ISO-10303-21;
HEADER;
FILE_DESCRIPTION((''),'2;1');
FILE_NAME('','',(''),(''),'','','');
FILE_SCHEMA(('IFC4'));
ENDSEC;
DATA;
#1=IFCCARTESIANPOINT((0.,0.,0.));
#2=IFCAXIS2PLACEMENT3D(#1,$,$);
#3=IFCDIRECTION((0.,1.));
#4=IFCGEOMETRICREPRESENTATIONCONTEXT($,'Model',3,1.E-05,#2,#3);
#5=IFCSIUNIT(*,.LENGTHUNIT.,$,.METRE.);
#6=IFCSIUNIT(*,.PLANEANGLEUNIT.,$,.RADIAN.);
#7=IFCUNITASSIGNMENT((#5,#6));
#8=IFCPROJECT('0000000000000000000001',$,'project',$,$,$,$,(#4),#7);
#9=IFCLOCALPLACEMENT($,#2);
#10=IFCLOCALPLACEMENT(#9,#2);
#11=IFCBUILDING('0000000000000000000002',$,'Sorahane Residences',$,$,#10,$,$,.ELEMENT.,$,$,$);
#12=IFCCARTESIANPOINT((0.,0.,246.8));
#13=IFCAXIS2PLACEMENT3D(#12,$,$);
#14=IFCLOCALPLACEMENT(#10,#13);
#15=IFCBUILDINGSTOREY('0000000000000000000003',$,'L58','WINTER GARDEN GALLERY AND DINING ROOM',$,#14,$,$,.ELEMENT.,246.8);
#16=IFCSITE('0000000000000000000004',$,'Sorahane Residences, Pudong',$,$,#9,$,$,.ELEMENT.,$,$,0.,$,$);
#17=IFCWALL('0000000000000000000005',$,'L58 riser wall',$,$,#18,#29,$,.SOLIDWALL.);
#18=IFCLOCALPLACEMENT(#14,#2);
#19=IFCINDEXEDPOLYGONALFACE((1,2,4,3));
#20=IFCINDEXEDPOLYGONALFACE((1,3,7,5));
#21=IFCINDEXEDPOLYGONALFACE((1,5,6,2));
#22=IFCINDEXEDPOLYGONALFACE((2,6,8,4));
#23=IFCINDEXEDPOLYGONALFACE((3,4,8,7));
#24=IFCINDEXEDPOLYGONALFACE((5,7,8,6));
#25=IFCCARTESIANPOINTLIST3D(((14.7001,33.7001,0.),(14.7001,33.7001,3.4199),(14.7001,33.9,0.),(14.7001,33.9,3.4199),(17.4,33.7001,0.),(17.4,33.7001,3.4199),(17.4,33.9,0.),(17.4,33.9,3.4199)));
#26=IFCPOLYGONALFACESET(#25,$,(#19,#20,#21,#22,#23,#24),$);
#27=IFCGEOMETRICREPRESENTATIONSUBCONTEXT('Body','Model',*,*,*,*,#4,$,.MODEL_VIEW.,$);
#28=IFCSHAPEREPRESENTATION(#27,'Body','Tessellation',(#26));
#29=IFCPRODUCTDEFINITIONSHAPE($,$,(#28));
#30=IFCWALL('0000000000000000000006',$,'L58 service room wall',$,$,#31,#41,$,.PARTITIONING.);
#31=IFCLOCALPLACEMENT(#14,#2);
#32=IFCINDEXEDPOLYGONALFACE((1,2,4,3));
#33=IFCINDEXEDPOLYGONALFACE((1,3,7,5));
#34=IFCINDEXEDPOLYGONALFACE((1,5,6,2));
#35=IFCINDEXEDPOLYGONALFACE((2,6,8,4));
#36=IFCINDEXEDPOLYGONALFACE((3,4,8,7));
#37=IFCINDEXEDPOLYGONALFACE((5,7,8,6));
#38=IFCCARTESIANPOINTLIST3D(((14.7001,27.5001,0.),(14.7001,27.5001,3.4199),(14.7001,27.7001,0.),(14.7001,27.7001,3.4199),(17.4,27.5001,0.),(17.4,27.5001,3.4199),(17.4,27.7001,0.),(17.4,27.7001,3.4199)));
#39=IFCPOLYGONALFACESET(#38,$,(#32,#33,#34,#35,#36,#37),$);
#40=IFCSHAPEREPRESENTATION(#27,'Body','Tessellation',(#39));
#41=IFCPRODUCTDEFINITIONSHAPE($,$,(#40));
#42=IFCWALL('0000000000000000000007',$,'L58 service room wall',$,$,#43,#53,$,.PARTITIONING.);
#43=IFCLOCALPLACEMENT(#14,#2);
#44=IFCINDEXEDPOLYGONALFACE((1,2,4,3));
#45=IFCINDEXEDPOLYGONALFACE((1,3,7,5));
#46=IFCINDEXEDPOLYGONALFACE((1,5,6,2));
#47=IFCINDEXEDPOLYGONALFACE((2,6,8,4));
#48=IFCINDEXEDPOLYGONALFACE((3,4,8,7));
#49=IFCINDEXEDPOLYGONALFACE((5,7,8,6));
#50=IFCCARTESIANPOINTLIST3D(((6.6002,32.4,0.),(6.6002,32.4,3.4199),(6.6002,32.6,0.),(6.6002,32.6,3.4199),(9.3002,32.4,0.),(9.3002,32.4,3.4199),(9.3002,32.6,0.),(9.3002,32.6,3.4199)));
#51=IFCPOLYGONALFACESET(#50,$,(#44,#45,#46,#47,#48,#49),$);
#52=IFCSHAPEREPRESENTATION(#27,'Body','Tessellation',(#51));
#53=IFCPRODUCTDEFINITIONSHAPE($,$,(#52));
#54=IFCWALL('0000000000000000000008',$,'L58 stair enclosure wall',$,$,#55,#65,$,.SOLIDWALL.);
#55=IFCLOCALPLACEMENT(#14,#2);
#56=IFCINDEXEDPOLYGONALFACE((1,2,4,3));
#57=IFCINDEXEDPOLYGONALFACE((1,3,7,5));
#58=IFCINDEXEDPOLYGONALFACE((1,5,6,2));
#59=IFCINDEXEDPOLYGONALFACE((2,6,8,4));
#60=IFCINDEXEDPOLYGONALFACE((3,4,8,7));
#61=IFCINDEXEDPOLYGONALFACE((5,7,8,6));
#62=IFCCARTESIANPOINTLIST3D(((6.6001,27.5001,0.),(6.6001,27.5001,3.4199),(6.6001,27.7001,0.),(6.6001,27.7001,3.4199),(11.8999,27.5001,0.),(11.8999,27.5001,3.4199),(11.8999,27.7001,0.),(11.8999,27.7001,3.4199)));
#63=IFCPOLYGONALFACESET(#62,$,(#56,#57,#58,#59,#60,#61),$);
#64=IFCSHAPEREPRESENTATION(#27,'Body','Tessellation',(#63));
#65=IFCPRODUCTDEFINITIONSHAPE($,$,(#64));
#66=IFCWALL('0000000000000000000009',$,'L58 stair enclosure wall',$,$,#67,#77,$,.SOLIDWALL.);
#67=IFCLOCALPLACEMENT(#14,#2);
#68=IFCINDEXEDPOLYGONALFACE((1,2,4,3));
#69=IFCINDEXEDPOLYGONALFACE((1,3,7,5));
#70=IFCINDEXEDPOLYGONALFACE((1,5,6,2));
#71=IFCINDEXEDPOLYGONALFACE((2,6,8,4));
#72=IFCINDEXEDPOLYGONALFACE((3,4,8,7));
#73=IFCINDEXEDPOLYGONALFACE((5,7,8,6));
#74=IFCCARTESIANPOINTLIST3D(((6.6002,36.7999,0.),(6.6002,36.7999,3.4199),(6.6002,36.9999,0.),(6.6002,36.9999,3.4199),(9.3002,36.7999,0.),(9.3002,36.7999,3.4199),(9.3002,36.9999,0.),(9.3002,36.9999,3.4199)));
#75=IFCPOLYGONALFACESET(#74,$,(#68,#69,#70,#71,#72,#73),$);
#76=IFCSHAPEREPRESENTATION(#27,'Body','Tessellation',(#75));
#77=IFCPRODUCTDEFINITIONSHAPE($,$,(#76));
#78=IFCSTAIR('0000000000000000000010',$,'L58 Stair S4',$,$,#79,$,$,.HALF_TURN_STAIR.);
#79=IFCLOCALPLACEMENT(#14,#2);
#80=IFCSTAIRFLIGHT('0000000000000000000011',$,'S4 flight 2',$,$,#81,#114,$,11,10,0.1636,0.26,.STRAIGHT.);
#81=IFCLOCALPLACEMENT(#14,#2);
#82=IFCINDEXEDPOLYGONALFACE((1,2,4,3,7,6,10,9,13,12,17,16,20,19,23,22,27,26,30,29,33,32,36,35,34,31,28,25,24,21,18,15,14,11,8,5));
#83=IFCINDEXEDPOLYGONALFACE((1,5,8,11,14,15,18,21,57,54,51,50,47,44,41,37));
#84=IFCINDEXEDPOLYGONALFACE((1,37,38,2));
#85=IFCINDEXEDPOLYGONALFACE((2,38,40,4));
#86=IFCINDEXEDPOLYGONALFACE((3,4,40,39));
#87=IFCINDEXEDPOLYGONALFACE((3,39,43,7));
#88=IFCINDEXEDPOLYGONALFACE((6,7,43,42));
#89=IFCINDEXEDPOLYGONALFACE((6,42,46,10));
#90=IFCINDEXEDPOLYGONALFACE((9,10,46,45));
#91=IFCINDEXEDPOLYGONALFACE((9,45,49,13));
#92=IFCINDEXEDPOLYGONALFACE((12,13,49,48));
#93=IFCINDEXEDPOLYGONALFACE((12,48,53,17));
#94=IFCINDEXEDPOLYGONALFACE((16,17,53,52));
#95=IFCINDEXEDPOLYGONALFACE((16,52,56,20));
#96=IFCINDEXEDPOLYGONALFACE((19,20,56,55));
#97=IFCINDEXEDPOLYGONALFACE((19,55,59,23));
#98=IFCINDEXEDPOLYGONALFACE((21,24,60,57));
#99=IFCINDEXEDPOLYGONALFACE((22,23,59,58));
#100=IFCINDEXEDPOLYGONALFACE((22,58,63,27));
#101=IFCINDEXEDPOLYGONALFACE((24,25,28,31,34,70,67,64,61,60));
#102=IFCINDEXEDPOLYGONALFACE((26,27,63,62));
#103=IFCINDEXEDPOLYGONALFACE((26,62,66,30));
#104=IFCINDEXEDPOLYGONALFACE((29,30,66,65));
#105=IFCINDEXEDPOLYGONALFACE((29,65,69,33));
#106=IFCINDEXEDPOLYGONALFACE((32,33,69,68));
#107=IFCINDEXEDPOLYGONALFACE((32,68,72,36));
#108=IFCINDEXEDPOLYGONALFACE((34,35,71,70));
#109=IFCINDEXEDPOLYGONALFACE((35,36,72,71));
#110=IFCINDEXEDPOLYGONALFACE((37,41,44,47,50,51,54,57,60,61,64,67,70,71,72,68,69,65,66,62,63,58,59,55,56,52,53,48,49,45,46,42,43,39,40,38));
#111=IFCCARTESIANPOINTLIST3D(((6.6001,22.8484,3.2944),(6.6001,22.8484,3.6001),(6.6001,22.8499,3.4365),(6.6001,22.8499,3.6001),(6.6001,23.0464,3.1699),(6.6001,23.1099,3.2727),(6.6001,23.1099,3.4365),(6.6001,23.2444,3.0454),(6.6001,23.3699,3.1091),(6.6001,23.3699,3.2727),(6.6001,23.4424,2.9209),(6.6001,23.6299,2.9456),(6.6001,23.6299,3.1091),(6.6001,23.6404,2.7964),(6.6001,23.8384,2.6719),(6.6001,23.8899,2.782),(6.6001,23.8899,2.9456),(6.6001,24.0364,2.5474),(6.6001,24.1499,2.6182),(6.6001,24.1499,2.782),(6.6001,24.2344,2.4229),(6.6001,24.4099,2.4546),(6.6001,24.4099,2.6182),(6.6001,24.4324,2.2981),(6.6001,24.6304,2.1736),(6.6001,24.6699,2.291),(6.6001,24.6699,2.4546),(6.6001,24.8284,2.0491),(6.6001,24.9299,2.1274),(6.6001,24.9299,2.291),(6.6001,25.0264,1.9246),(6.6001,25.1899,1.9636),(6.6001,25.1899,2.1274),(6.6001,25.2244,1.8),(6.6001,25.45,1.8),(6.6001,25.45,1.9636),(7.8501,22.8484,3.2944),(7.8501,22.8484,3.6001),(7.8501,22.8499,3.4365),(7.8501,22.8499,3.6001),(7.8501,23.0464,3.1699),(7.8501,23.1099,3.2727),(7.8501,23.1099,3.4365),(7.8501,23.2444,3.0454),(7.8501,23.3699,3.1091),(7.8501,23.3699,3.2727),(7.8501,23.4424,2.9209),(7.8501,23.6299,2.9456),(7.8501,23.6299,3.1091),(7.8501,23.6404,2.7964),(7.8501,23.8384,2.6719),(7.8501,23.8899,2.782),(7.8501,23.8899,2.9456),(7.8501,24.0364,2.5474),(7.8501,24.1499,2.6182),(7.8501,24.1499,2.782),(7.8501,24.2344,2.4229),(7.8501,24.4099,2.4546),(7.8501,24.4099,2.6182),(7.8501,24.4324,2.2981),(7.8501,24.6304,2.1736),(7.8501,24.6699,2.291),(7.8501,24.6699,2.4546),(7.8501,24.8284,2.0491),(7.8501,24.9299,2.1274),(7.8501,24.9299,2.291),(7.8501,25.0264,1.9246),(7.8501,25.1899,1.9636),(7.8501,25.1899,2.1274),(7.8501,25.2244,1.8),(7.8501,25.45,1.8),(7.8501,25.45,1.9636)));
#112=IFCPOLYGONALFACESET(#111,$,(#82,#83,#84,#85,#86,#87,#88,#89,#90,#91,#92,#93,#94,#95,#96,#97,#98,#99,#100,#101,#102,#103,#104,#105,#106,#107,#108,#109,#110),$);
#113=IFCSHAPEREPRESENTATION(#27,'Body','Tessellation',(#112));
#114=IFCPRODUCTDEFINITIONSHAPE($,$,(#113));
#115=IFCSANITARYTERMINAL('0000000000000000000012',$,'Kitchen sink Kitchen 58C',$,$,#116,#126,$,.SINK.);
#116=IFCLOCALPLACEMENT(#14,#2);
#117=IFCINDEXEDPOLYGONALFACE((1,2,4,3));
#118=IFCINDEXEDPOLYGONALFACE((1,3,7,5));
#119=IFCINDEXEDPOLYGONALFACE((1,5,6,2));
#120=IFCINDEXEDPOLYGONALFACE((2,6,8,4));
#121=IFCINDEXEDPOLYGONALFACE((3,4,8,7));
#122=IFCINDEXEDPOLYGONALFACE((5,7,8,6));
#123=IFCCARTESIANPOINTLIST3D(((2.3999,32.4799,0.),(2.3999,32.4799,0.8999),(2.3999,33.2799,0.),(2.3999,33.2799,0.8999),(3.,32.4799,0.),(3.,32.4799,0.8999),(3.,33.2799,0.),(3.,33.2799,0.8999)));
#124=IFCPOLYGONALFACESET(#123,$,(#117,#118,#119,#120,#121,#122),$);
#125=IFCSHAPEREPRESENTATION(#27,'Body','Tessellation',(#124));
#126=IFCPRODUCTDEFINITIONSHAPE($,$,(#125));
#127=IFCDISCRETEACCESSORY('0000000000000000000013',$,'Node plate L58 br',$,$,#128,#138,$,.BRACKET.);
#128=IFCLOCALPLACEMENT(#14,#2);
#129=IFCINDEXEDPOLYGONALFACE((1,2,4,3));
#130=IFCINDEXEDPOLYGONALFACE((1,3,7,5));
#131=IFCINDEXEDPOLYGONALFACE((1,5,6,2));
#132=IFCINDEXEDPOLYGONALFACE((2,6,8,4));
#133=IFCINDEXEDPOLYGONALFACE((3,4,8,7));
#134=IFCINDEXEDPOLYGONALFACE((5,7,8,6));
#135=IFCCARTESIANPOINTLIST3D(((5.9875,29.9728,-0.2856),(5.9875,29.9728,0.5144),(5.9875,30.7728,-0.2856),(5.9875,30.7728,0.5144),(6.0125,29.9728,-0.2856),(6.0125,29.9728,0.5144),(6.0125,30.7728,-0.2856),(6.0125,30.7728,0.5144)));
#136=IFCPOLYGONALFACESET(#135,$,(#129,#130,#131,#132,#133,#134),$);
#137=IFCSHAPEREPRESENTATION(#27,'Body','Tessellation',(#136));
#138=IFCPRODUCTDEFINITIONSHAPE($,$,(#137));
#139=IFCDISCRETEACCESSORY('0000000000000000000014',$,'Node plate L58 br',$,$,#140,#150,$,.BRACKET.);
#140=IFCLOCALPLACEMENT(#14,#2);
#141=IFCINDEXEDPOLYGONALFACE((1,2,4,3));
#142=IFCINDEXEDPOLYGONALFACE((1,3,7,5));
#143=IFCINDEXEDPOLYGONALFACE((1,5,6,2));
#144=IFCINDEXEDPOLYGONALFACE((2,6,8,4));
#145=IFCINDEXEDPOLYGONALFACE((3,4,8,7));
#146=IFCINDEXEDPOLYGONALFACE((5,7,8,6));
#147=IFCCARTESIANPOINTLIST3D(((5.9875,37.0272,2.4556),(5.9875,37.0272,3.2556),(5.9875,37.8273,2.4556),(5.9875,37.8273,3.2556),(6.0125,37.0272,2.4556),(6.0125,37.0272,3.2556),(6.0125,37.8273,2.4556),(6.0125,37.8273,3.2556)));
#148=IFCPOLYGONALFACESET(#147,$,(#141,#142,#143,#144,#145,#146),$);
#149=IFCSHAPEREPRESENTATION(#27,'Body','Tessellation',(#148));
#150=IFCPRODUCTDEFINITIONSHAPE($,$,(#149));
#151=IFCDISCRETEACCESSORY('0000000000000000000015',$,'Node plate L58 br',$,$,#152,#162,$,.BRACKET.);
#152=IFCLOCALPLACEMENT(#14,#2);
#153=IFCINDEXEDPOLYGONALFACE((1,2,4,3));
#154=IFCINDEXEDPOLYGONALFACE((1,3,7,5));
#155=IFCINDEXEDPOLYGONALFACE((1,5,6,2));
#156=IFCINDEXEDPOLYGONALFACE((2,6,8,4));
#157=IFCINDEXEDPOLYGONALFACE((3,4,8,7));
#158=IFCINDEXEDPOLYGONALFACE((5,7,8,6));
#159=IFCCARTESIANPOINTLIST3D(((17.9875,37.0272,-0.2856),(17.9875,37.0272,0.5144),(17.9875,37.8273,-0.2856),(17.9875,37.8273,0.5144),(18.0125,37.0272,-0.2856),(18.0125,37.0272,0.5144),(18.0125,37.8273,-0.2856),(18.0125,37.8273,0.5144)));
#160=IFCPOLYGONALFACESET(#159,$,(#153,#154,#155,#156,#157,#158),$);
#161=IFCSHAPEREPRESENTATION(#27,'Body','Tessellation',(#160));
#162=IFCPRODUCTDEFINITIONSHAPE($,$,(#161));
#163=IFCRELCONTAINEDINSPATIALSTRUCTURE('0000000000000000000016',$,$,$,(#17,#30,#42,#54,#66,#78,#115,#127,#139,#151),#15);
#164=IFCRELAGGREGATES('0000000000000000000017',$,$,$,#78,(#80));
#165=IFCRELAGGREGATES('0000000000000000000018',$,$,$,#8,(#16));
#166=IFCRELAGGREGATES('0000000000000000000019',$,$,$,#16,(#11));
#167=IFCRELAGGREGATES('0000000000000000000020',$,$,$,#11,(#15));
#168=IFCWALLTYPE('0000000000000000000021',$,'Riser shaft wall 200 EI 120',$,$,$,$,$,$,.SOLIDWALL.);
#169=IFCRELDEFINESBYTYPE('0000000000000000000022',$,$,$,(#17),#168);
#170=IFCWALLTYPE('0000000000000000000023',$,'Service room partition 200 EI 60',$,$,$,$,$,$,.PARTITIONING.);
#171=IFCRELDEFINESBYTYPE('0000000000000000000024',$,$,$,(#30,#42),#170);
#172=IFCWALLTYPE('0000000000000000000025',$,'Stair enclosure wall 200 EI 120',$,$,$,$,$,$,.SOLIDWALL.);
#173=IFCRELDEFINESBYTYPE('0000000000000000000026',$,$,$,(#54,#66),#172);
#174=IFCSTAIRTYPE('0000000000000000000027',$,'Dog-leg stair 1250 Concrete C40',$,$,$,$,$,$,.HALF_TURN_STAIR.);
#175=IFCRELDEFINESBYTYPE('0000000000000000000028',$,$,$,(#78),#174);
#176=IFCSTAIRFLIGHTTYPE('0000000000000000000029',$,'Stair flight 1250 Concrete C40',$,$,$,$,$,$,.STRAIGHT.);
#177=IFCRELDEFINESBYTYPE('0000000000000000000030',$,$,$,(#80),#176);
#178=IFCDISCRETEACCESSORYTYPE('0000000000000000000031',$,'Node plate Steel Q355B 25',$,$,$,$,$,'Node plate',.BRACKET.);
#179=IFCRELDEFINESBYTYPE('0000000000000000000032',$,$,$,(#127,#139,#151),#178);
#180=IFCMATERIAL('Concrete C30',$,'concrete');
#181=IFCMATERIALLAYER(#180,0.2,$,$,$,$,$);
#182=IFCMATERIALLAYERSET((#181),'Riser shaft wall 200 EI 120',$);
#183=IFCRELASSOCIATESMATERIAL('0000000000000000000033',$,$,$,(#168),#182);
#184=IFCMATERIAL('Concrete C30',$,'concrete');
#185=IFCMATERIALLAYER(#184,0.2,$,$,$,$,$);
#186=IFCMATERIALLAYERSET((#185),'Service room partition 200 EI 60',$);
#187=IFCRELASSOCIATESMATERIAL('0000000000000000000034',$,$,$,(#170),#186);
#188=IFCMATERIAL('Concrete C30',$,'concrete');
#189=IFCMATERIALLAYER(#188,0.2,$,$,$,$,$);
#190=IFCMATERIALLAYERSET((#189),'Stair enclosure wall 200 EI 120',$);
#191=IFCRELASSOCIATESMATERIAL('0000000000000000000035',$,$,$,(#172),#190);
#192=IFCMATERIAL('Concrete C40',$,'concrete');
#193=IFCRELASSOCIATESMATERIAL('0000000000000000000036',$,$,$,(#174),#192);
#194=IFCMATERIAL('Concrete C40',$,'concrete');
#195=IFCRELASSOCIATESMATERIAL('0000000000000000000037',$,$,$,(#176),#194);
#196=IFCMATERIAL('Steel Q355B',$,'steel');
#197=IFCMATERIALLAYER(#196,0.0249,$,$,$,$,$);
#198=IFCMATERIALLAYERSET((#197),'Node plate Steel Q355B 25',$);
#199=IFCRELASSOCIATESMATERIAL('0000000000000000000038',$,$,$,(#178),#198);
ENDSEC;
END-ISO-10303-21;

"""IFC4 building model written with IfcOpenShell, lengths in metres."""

from ifc_helpers import new_model, si_unit, direction, frame, frame_2d, origin, origin_2d, place, context, subcontext, project, spatial, polyline, rectangle, outline, extrude, material, layer, layer_set, type_object, element, aggregate, save


model = new_model("IFC4")

# Units and contexts
model_context = context("Model", 3, precision=1e-05, world=origin(), true_north=direction((0.0, 1.0)))
body_context = subcontext(model_context, "Body", "Model", "MODEL_VIEW")
ifc_project = project(units=[si_unit("LENGTHUNIT", "METRE"), si_unit("PLANEANGLEUNIT", "RADIAN")], contexts=[model_context])

# Site, building, storey
site_placement = place(None, origin())
site = spatial("IfcSite", under=ifc_project, at=site_placement, Name="Sorahane Residences, Pudong", CompositionType="ELEMENT", RefElevation=0.0)
building_placement = place(site_placement, origin())
building = spatial("IfcBuilding", under=site, at=building_placement, Name="Sorahane Residences", CompositionType="ELEMENT")
storey_placement = place(building_placement, frame((0.0, 0.0, 246.8)))
storey = spatial("IfcBuildingStorey", under=building, at=storey_placement, Name="L58", Description="WINTER GARDEN GALLERY AND DINING ROOM", CompositionType="ELEMENT", Elevation=246.8)

# Walls
ifc_material_1 = material(Name="Concrete C30", Category="concrete")
ifc_layer_1 = layer(ifc_material_1, 0.2)
ifc_layer_set_1 = layer_set([ifc_layer_1], Name="Riser shaft wall 200 EI 120")
wall_type_1 = type_object("IfcWallType", Name="Riser shaft wall 200 EI 120", PredefinedType="SOLIDWALL", material=ifc_layer_set_1)
wall_1_placement = place(storey_placement, frame((14.7, 33.8, 0.0), z_axis=(0.0, 0.0, 1.0), x_axis=(1.0, 0.0, 0.0)))
element("IfcWall", 1, at=wall_1_placement, inside=storey, type_object=wall_type_1, Name="L58 riser wall", PredefinedType="SOLIDWALL", context=body_context, shape_type="SweptSolid", body=[
    extrude(rectangle(XDim=2.7, YDim=0.2, at=frame_2d((1.3501, 0.0))), origin(), (0.0, 0.0, 1.0), 3.4199),
])
ifc_material_2 = material(Name="Concrete C30", Category="concrete")
ifc_layer_2 = layer(ifc_material_2, 0.2)
ifc_layer_set_2 = layer_set([ifc_layer_2], Name="Service room partition 200 EI 60")
wall_type_2 = type_object("IfcWallType", Name="Service room partition 200 EI 60", PredefinedType="PARTITIONING", material=ifc_layer_set_2)
for number, where, z_axis, x_axis, name in (
    (2, (14.7, 27.6001, 0.0), (0.0, 0.0, 1.0), (1.0, 0.0, 0.0), "L58 service room wall"),
    (3, (6.6001, 32.5, 0.0), (0.0, 0.0, 1.0), (1.0, 0.0, 0.0), "L58 service room wall"),
):
    element("IfcWall", number, at=place(storey_placement, frame(where, z_axis=z_axis, x_axis=x_axis)), inside=storey, type_object=wall_type_2, Name=name, PredefinedType="PARTITIONING", context=body_context, shape_type="SweptSolid", body=[
        extrude(rectangle(XDim=2.7, YDim=0.2, at=frame_2d((1.3501, 0.0))), origin(), (0.0, 0.0, 1.0), 3.4199),
    ])
ifc_material_3 = material(Name="Concrete C30", Category="concrete")
ifc_layer_3 = layer(ifc_material_3, 0.2)
ifc_layer_set_3 = layer_set([ifc_layer_3], Name="Stair enclosure wall 200 EI 120")
wall_type_3 = type_object("IfcWallType", Name="Stair enclosure wall 200 EI 120", PredefinedType="SOLIDWALL", material=ifc_layer_set_3)
wall_2_placement = place(storey_placement, frame((6.6001, 27.6001, 0.0), z_axis=(0.0, 0.0, 1.0), x_axis=(1.0, 0.0, 0.0)))
element("IfcWall", 4, at=wall_2_placement, inside=storey, type_object=wall_type_3, Name="L58 stair enclosure wall", PredefinedType="SOLIDWALL", context=body_context, shape_type="SweptSolid", body=[
    extrude(rectangle(XDim=5.2998, YDim=0.2, at=frame_2d((2.6499, 0.0))), origin(), (0.0, 0.0, 1.0), 3.4199),
])
wall_3_placement = place(storey_placement, frame((6.6001, 36.8999, 0.0), z_axis=(0.0, 0.0, 1.0), x_axis=(1.0, 0.0, 0.0)))
element("IfcWall", 5, at=wall_3_placement, inside=storey, type_object=wall_type_3, Name="L58 stair enclosure wall", PredefinedType="SOLIDWALL", context=body_context, shape_type="SweptSolid", body=[
    extrude(rectangle(XDim=2.7, YDim=0.2, at=frame_2d((1.3501, 0.0))), origin(), (0.0, 0.0, 1.0), 3.4199),
])

# Stair, stair flight
ifc_material_4 = material(Name="Concrete C40", Category="concrete")
stair_type = type_object("IfcStairType", Name="Dog-leg stair 1250 Concrete C40", PredefinedType="HALF_TURN_STAIR", material=ifc_material_4)
stair_placement = place(storey_placement, origin())
stair = element("IfcStair", 6, at=stair_placement, inside=storey, type_object=stair_type, Name="L58 Stair S4", PredefinedType="HALF_TURN_STAIR")
ifc_material_5 = material(Name="Concrete C40", Category="concrete")
stair_flight_type = type_object("IfcStairFlightType", Name="Stair flight 1250 Concrete C40", PredefinedType="STRAIGHT", material=ifc_material_5)
stair_flight_placement = place(storey_placement, frame((7.2251, 25.45, 1.8), z_axis=(0.0, 0.0, 1.0), x_axis=(0.0, -1.0, 0.0)))
stair_flight = element("IfcStairFlight", 7, at=stair_flight_placement, type_object=stair_flight_type, Name="S4 flight 2", NumberOfRisers=11, NumberOfTreads=10, PredefinedType="STRAIGHT", RiserHeight=0.1636, TreadLength=0.26, context=body_context, shape_type="SweptSolid", body=[
    extrude(outline(polyline([(0.0, 0.0), (0.0, 0.1636), (0.26, 0.1636), (0.26, 0.3274), (0.52, 0.3274), (0.52, 0.491), (0.78, 0.491), (0.78, 0.6545), (1.04, 0.6545), (1.04, 0.8181), (1.3, 0.8181), (1.3, 0.9819), (1.5601, 0.9819), (1.5601, 1.1455), (1.8201, 1.1455), (1.8201, 1.3091), (2.0801, 1.3091), (2.0801, 1.4727), (2.3401, 1.4727), (2.3401, 1.6365), (2.6001, 1.6365), (2.6001, 1.8), (2.6016, 1.8), (2.6016, 1.4944), (2.4036, 1.3699), (2.2056, 1.2454), (2.0076, 1.1208), (1.8096, 0.9963), (1.6116, 0.8718), (1.4136, 0.7473), (1.2156, 0.6228), (1.0176, 0.498), (0.8196, 0.3735), (0.6216, 0.249), (0.4236, 0.1245), (0.2256, 0.0), (0.0, 0.0)])), frame((0.0, 0.625, 0.0), z_axis=(0.0, -1.0, 0.0), x_axis=(1.0, 0.0, 0.0)), (0.0, 0.0, 1.0), 1.25),
])
aggregate(stair, [stair_flight])

# Sanitary terminal
sanitary_terminal_placement = place(storey_placement, frame((2.7, 32.8799, 0.0), z_axis=(0.0, 0.0, 1.0), x_axis=(0.0, -1.0, 0.0)))
element("IfcSanitaryTerminal", 8, at=sanitary_terminal_placement, inside=storey, Name="Kitchen sink Kitchen 58C", PredefinedType="SINK", context=body_context, shape_type="SweptSolid", body=[
    extrude(rectangle(XDim=0.8, YDim=0.6001, at=origin_2d()), origin(), (0.0, 0.0, 1.0), 0.8999),
])

# Discrete accessories
ifc_material_6 = material(Name="Steel Q355B", Category="steel")
ifc_layer_4 = layer(ifc_material_6, 0.0249)
ifc_layer_set_4 = layer_set([ifc_layer_4], Name="Node plate Steel Q355B 25")
discrete_accessory_type = type_object("IfcDiscreteAccessoryType", Name="Node plate Steel Q355B 25", ElementType="Node plate", PredefinedType="BRACKET", material=ifc_layer_set_4)
for number, where, z_axis, x_axis, name in (
    (9, (6.0, 30.3728, -0.2856), (0.0, 0.0, 1.0), (0.0, 1.0, 0.0), "Node plate L58 br"),
    (10, (6.0, 37.4272, 2.4556), (0.0, 0.0, 1.0), (0.0, 1.0, 0.0), "Node plate L58 br"),
    (11, (18.0, 37.4272, -0.2856), (0.0, 0.0, 1.0), (0.0, 1.0, 0.0), "Node plate L58 br"),
):
    element("IfcDiscreteAccessory", number, at=place(storey_placement, frame(where, z_axis=z_axis, x_axis=x_axis)), inside=storey, type_object=discrete_accessory_type, Name=name, PredefinedType="BRACKET", context=body_context, shape_type="SweptSolid", body=[
        extrude(rectangle(XDim=0.8, YDim=0.0249, at=origin_2d()), origin(), (0.0, 0.0, 1.0), 0.8),
    ])

save(model, "model.ifc")
